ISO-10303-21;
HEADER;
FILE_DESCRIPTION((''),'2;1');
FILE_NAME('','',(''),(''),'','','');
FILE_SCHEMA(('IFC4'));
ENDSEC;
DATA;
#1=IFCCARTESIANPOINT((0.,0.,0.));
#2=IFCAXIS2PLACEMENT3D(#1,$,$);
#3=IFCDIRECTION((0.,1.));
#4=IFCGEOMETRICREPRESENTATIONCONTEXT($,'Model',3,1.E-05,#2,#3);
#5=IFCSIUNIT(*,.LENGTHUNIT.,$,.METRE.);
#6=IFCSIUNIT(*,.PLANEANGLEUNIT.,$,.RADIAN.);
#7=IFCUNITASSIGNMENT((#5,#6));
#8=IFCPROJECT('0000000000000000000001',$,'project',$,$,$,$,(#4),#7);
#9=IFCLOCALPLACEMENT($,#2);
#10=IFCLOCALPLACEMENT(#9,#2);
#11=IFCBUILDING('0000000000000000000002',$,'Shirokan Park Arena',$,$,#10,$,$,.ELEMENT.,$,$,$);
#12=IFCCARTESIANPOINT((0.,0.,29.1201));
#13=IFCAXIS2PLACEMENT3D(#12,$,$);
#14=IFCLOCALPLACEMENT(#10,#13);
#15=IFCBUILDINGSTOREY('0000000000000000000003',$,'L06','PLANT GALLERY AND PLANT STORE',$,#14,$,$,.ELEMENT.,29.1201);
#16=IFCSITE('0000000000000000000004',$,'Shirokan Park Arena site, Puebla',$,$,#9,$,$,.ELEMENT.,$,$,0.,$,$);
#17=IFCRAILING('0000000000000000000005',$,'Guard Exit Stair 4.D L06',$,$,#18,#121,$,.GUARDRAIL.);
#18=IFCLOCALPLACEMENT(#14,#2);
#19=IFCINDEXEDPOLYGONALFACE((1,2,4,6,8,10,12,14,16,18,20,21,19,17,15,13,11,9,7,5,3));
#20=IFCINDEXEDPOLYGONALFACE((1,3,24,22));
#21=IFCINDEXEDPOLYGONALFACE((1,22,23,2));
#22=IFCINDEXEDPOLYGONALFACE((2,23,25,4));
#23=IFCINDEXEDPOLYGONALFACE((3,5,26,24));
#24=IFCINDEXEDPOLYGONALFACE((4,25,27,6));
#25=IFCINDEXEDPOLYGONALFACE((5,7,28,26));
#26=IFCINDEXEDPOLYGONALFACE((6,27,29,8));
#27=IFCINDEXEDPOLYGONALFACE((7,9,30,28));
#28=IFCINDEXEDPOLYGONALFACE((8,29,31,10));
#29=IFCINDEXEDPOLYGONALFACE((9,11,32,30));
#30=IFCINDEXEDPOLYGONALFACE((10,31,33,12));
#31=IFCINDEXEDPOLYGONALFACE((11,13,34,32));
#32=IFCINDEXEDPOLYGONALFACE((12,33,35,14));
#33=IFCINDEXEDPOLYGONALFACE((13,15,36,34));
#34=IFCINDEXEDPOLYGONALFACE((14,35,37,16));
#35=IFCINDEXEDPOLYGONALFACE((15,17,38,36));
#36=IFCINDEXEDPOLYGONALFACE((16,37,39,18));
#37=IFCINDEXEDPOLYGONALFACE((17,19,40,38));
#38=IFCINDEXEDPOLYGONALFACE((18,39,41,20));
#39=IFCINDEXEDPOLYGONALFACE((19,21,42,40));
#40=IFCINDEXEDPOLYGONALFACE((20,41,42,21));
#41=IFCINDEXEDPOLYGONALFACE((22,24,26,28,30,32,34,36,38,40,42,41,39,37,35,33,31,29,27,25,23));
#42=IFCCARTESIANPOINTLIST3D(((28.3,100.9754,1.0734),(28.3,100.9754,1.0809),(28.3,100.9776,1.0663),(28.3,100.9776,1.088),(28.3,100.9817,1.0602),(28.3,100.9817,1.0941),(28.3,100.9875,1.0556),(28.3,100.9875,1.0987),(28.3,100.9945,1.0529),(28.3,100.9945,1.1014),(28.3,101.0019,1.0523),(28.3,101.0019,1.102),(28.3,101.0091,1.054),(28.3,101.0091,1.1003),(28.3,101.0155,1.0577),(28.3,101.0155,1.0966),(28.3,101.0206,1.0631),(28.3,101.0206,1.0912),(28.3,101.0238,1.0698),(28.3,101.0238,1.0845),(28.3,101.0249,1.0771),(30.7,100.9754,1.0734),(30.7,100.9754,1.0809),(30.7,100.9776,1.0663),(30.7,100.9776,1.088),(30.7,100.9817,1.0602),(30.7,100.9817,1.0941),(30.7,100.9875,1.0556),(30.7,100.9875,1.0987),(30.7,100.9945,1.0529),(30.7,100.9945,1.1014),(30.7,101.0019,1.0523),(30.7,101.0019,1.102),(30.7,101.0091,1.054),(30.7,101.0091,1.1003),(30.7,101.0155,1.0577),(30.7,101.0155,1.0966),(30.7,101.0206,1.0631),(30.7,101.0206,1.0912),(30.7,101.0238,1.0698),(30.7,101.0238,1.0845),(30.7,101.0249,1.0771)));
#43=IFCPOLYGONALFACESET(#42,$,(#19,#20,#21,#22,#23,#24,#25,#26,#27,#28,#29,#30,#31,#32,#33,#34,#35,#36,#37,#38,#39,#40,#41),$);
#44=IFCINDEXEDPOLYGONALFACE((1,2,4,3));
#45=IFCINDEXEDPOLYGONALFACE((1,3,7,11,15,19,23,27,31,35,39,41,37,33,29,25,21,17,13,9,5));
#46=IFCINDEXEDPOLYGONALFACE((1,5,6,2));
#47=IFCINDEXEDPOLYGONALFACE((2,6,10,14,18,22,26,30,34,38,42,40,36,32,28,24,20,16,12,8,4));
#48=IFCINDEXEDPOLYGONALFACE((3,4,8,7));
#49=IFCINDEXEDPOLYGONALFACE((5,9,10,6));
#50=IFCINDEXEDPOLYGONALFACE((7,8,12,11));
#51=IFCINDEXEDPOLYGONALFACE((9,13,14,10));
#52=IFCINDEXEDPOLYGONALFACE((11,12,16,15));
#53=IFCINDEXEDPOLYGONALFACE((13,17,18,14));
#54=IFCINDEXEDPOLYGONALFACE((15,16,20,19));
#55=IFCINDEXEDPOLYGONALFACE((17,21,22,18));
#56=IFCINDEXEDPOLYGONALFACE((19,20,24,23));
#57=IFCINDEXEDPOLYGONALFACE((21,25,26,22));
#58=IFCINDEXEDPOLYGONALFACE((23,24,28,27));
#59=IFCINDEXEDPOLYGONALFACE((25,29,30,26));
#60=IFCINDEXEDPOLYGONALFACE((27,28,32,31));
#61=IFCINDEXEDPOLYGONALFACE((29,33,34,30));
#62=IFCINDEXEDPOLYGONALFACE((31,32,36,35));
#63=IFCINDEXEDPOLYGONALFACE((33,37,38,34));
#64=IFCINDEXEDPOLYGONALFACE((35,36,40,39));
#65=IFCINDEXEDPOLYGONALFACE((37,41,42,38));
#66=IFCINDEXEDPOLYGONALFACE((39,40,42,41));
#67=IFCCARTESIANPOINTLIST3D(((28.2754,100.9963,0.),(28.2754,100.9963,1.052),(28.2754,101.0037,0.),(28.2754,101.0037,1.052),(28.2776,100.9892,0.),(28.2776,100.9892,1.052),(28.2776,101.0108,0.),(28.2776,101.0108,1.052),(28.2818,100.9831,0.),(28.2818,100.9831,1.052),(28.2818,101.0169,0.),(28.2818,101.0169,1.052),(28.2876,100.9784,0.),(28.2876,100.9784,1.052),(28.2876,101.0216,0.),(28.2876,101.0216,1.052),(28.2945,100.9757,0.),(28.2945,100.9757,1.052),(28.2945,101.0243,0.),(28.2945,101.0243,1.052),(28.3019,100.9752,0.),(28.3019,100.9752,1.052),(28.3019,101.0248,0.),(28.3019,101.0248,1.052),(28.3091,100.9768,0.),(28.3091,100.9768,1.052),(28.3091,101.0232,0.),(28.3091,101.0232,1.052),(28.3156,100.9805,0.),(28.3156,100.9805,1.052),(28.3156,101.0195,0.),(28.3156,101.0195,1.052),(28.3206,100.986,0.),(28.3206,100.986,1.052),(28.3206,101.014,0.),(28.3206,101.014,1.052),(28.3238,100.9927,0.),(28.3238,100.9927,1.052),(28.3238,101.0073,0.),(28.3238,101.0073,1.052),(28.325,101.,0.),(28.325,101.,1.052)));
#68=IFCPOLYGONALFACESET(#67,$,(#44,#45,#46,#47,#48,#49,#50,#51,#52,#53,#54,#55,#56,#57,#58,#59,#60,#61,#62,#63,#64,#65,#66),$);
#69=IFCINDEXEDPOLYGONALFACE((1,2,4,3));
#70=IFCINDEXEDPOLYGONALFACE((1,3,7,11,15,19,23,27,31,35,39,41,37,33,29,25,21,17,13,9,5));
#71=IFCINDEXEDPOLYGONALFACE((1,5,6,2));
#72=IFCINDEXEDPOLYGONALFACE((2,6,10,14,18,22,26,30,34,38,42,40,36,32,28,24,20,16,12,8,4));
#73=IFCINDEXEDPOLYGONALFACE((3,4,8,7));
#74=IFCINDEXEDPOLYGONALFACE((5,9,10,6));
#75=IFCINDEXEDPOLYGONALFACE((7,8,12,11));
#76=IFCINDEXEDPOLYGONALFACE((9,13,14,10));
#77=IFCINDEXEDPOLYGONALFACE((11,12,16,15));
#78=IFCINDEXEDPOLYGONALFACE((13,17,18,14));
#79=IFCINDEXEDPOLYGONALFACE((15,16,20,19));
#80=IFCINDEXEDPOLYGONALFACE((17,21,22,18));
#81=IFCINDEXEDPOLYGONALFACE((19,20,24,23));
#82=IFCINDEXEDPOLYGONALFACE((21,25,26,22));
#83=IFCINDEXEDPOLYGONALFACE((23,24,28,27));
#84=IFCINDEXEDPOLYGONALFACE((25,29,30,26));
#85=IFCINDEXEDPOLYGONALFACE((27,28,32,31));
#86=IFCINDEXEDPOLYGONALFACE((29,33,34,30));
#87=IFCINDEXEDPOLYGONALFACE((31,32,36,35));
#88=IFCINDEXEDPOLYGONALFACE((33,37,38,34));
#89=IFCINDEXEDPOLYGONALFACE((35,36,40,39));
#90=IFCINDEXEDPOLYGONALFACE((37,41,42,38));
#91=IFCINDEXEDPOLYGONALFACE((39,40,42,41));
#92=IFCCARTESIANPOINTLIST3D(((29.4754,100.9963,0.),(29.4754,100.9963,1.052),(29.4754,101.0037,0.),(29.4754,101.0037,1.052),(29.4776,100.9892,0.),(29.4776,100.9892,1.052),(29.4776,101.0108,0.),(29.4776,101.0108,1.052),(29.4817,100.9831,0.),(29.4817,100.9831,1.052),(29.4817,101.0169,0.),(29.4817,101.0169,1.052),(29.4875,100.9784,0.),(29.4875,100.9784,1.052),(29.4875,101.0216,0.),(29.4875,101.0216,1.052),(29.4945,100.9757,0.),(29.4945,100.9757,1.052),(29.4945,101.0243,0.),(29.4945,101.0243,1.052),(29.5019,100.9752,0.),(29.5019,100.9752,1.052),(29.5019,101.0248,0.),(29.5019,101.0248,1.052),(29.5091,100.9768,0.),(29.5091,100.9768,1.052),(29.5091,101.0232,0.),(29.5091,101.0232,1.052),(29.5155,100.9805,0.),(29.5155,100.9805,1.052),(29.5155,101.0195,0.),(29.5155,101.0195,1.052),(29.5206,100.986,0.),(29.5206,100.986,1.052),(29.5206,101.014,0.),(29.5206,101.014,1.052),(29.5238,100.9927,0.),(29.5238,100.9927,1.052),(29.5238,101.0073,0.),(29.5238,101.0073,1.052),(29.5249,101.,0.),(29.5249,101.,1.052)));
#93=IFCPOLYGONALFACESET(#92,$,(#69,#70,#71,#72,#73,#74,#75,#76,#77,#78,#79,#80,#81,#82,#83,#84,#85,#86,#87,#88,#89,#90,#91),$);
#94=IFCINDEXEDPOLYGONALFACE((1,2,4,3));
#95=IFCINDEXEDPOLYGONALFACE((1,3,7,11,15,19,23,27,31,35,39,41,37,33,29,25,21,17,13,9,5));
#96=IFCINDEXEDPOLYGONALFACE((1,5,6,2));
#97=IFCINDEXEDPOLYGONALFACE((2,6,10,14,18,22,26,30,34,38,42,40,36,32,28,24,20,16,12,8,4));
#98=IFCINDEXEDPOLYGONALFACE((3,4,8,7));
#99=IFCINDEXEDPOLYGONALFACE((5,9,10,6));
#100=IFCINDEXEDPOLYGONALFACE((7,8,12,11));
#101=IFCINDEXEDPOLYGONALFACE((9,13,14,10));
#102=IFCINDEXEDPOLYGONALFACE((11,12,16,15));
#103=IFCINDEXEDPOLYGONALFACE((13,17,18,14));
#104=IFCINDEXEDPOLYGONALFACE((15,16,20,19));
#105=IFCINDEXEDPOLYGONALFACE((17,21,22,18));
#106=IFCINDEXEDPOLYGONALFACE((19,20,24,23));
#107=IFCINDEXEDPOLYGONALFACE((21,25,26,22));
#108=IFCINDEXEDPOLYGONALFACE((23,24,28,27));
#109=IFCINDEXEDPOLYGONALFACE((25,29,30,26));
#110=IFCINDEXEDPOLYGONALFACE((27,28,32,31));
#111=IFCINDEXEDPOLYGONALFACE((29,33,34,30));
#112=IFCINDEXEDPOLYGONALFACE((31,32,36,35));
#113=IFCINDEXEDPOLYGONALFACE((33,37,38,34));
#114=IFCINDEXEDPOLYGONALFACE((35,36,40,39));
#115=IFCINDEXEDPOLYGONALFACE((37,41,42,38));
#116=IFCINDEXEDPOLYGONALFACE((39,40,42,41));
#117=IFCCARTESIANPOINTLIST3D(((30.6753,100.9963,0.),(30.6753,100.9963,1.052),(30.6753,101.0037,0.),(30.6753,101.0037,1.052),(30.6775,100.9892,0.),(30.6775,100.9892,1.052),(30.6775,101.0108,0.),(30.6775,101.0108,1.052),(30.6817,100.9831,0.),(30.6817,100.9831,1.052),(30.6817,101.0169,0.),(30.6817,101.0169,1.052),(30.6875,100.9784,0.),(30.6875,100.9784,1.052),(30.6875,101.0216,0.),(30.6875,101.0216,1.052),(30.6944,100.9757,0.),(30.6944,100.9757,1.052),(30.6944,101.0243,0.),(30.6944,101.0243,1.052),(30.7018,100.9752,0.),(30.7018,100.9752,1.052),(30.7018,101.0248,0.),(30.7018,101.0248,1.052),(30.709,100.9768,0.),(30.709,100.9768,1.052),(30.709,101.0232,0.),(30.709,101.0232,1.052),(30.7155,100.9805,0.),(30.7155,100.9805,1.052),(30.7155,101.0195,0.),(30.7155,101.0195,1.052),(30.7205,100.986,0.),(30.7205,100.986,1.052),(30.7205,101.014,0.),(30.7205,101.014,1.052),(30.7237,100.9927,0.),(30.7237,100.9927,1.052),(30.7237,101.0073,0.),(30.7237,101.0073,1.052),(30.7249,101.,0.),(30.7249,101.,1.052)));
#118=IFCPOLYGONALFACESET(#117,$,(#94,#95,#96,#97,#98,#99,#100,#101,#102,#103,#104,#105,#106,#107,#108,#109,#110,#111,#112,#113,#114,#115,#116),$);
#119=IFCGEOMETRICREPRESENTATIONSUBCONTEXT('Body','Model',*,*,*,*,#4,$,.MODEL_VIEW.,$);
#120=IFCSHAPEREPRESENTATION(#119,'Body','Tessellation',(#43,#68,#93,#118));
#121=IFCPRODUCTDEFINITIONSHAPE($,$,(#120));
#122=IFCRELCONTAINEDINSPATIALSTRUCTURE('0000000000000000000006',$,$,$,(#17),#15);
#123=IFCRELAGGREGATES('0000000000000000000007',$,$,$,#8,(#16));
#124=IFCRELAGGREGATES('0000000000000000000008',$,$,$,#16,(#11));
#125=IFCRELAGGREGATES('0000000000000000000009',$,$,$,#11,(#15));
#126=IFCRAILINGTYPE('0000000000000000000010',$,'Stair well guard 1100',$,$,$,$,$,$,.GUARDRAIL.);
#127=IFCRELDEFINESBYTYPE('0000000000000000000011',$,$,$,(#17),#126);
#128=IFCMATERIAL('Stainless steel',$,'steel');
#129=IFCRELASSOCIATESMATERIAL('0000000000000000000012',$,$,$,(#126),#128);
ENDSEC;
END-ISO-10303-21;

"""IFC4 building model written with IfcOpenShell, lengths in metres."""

from ifc_helpers import new_model, si_unit, direction, frame, origin, origin_2d, place, context, subcontext, project, spatial, circle, extrude, material, type_object, element, save


model = new_model("IFC4")

# Units and contexts
model_context = context("Model", 3, precision=1e-05, world=origin(), true_north=direction((0.0, 1.0)))
body_context = subcontext(model_context, "Body", "Model", "MODEL_VIEW")
ifc_project = project(units=[si_unit("LENGTHUNIT", "METRE"), si_unit("PLANEANGLEUNIT", "RADIAN")], contexts=[model_context])

# Site, building, storey
site_placement = place(None, origin())
site = spatial("IfcSite", under=ifc_project, at=site_placement, Name="Shirokan Park Arena site, Puebla", CompositionType="ELEMENT", RefElevation=0.0)
building_placement = place(site_placement, origin())
building = spatial("IfcBuilding", under=site, at=building_placement, Name="Shirokan Park Arena", CompositionType="ELEMENT")
storey_placement = place(building_placement, frame((0.0, 0.0, 29.1201)))
storey = spatial("IfcBuildingStorey", under=building, at=storey_placement, Name="L06", Description="PLANT GALLERY AND PLANT STORE", CompositionType="ELEMENT", Elevation=29.1201)

# Railing
ifc_material_1 = material(Name="Stainless steel", Category="steel")
railing_type = type_object("IfcRailingType", Name="Stair well guard 1100", PredefinedType="GUARDRAIL", material=ifc_material_1)
railing_placement = place(storey_placement, frame((28.3, 101.0, 0.0)))
element("IfcRailing", 1, at=railing_placement, inside=storey, type_object=railing_type, Name="Guard Exit Stair 4.D L06", PredefinedType="GUARDRAIL", context=body_context, shape_type="SweptSolid", body=[
    extrude(circle(Radius=0.0249, at=origin_2d()), frame((0.0, 0.0, 1.0771), z_axis=(1.0, 0.0, 0.0), x_axis=(0.0, 1.0, 0.0)), (0.0, 0.0, 1.0), 2.3999),
    extrude(circle(Radius=0.0249, at=origin_2d()), origin(), (0.0, 0.0, 1.0), 1.052),
    extrude(circle(Radius=0.0249, at=origin_2d()), frame((1.2, 0.0, 0.0)), (0.0, 0.0, 1.0), 1.052),
    extrude(circle(Radius=0.0249, at=origin_2d()), frame((2.3999, 0.0, 0.0)), (0.0, 0.0, 1.0), 1.052),
])

save(model, "model.ifc")
